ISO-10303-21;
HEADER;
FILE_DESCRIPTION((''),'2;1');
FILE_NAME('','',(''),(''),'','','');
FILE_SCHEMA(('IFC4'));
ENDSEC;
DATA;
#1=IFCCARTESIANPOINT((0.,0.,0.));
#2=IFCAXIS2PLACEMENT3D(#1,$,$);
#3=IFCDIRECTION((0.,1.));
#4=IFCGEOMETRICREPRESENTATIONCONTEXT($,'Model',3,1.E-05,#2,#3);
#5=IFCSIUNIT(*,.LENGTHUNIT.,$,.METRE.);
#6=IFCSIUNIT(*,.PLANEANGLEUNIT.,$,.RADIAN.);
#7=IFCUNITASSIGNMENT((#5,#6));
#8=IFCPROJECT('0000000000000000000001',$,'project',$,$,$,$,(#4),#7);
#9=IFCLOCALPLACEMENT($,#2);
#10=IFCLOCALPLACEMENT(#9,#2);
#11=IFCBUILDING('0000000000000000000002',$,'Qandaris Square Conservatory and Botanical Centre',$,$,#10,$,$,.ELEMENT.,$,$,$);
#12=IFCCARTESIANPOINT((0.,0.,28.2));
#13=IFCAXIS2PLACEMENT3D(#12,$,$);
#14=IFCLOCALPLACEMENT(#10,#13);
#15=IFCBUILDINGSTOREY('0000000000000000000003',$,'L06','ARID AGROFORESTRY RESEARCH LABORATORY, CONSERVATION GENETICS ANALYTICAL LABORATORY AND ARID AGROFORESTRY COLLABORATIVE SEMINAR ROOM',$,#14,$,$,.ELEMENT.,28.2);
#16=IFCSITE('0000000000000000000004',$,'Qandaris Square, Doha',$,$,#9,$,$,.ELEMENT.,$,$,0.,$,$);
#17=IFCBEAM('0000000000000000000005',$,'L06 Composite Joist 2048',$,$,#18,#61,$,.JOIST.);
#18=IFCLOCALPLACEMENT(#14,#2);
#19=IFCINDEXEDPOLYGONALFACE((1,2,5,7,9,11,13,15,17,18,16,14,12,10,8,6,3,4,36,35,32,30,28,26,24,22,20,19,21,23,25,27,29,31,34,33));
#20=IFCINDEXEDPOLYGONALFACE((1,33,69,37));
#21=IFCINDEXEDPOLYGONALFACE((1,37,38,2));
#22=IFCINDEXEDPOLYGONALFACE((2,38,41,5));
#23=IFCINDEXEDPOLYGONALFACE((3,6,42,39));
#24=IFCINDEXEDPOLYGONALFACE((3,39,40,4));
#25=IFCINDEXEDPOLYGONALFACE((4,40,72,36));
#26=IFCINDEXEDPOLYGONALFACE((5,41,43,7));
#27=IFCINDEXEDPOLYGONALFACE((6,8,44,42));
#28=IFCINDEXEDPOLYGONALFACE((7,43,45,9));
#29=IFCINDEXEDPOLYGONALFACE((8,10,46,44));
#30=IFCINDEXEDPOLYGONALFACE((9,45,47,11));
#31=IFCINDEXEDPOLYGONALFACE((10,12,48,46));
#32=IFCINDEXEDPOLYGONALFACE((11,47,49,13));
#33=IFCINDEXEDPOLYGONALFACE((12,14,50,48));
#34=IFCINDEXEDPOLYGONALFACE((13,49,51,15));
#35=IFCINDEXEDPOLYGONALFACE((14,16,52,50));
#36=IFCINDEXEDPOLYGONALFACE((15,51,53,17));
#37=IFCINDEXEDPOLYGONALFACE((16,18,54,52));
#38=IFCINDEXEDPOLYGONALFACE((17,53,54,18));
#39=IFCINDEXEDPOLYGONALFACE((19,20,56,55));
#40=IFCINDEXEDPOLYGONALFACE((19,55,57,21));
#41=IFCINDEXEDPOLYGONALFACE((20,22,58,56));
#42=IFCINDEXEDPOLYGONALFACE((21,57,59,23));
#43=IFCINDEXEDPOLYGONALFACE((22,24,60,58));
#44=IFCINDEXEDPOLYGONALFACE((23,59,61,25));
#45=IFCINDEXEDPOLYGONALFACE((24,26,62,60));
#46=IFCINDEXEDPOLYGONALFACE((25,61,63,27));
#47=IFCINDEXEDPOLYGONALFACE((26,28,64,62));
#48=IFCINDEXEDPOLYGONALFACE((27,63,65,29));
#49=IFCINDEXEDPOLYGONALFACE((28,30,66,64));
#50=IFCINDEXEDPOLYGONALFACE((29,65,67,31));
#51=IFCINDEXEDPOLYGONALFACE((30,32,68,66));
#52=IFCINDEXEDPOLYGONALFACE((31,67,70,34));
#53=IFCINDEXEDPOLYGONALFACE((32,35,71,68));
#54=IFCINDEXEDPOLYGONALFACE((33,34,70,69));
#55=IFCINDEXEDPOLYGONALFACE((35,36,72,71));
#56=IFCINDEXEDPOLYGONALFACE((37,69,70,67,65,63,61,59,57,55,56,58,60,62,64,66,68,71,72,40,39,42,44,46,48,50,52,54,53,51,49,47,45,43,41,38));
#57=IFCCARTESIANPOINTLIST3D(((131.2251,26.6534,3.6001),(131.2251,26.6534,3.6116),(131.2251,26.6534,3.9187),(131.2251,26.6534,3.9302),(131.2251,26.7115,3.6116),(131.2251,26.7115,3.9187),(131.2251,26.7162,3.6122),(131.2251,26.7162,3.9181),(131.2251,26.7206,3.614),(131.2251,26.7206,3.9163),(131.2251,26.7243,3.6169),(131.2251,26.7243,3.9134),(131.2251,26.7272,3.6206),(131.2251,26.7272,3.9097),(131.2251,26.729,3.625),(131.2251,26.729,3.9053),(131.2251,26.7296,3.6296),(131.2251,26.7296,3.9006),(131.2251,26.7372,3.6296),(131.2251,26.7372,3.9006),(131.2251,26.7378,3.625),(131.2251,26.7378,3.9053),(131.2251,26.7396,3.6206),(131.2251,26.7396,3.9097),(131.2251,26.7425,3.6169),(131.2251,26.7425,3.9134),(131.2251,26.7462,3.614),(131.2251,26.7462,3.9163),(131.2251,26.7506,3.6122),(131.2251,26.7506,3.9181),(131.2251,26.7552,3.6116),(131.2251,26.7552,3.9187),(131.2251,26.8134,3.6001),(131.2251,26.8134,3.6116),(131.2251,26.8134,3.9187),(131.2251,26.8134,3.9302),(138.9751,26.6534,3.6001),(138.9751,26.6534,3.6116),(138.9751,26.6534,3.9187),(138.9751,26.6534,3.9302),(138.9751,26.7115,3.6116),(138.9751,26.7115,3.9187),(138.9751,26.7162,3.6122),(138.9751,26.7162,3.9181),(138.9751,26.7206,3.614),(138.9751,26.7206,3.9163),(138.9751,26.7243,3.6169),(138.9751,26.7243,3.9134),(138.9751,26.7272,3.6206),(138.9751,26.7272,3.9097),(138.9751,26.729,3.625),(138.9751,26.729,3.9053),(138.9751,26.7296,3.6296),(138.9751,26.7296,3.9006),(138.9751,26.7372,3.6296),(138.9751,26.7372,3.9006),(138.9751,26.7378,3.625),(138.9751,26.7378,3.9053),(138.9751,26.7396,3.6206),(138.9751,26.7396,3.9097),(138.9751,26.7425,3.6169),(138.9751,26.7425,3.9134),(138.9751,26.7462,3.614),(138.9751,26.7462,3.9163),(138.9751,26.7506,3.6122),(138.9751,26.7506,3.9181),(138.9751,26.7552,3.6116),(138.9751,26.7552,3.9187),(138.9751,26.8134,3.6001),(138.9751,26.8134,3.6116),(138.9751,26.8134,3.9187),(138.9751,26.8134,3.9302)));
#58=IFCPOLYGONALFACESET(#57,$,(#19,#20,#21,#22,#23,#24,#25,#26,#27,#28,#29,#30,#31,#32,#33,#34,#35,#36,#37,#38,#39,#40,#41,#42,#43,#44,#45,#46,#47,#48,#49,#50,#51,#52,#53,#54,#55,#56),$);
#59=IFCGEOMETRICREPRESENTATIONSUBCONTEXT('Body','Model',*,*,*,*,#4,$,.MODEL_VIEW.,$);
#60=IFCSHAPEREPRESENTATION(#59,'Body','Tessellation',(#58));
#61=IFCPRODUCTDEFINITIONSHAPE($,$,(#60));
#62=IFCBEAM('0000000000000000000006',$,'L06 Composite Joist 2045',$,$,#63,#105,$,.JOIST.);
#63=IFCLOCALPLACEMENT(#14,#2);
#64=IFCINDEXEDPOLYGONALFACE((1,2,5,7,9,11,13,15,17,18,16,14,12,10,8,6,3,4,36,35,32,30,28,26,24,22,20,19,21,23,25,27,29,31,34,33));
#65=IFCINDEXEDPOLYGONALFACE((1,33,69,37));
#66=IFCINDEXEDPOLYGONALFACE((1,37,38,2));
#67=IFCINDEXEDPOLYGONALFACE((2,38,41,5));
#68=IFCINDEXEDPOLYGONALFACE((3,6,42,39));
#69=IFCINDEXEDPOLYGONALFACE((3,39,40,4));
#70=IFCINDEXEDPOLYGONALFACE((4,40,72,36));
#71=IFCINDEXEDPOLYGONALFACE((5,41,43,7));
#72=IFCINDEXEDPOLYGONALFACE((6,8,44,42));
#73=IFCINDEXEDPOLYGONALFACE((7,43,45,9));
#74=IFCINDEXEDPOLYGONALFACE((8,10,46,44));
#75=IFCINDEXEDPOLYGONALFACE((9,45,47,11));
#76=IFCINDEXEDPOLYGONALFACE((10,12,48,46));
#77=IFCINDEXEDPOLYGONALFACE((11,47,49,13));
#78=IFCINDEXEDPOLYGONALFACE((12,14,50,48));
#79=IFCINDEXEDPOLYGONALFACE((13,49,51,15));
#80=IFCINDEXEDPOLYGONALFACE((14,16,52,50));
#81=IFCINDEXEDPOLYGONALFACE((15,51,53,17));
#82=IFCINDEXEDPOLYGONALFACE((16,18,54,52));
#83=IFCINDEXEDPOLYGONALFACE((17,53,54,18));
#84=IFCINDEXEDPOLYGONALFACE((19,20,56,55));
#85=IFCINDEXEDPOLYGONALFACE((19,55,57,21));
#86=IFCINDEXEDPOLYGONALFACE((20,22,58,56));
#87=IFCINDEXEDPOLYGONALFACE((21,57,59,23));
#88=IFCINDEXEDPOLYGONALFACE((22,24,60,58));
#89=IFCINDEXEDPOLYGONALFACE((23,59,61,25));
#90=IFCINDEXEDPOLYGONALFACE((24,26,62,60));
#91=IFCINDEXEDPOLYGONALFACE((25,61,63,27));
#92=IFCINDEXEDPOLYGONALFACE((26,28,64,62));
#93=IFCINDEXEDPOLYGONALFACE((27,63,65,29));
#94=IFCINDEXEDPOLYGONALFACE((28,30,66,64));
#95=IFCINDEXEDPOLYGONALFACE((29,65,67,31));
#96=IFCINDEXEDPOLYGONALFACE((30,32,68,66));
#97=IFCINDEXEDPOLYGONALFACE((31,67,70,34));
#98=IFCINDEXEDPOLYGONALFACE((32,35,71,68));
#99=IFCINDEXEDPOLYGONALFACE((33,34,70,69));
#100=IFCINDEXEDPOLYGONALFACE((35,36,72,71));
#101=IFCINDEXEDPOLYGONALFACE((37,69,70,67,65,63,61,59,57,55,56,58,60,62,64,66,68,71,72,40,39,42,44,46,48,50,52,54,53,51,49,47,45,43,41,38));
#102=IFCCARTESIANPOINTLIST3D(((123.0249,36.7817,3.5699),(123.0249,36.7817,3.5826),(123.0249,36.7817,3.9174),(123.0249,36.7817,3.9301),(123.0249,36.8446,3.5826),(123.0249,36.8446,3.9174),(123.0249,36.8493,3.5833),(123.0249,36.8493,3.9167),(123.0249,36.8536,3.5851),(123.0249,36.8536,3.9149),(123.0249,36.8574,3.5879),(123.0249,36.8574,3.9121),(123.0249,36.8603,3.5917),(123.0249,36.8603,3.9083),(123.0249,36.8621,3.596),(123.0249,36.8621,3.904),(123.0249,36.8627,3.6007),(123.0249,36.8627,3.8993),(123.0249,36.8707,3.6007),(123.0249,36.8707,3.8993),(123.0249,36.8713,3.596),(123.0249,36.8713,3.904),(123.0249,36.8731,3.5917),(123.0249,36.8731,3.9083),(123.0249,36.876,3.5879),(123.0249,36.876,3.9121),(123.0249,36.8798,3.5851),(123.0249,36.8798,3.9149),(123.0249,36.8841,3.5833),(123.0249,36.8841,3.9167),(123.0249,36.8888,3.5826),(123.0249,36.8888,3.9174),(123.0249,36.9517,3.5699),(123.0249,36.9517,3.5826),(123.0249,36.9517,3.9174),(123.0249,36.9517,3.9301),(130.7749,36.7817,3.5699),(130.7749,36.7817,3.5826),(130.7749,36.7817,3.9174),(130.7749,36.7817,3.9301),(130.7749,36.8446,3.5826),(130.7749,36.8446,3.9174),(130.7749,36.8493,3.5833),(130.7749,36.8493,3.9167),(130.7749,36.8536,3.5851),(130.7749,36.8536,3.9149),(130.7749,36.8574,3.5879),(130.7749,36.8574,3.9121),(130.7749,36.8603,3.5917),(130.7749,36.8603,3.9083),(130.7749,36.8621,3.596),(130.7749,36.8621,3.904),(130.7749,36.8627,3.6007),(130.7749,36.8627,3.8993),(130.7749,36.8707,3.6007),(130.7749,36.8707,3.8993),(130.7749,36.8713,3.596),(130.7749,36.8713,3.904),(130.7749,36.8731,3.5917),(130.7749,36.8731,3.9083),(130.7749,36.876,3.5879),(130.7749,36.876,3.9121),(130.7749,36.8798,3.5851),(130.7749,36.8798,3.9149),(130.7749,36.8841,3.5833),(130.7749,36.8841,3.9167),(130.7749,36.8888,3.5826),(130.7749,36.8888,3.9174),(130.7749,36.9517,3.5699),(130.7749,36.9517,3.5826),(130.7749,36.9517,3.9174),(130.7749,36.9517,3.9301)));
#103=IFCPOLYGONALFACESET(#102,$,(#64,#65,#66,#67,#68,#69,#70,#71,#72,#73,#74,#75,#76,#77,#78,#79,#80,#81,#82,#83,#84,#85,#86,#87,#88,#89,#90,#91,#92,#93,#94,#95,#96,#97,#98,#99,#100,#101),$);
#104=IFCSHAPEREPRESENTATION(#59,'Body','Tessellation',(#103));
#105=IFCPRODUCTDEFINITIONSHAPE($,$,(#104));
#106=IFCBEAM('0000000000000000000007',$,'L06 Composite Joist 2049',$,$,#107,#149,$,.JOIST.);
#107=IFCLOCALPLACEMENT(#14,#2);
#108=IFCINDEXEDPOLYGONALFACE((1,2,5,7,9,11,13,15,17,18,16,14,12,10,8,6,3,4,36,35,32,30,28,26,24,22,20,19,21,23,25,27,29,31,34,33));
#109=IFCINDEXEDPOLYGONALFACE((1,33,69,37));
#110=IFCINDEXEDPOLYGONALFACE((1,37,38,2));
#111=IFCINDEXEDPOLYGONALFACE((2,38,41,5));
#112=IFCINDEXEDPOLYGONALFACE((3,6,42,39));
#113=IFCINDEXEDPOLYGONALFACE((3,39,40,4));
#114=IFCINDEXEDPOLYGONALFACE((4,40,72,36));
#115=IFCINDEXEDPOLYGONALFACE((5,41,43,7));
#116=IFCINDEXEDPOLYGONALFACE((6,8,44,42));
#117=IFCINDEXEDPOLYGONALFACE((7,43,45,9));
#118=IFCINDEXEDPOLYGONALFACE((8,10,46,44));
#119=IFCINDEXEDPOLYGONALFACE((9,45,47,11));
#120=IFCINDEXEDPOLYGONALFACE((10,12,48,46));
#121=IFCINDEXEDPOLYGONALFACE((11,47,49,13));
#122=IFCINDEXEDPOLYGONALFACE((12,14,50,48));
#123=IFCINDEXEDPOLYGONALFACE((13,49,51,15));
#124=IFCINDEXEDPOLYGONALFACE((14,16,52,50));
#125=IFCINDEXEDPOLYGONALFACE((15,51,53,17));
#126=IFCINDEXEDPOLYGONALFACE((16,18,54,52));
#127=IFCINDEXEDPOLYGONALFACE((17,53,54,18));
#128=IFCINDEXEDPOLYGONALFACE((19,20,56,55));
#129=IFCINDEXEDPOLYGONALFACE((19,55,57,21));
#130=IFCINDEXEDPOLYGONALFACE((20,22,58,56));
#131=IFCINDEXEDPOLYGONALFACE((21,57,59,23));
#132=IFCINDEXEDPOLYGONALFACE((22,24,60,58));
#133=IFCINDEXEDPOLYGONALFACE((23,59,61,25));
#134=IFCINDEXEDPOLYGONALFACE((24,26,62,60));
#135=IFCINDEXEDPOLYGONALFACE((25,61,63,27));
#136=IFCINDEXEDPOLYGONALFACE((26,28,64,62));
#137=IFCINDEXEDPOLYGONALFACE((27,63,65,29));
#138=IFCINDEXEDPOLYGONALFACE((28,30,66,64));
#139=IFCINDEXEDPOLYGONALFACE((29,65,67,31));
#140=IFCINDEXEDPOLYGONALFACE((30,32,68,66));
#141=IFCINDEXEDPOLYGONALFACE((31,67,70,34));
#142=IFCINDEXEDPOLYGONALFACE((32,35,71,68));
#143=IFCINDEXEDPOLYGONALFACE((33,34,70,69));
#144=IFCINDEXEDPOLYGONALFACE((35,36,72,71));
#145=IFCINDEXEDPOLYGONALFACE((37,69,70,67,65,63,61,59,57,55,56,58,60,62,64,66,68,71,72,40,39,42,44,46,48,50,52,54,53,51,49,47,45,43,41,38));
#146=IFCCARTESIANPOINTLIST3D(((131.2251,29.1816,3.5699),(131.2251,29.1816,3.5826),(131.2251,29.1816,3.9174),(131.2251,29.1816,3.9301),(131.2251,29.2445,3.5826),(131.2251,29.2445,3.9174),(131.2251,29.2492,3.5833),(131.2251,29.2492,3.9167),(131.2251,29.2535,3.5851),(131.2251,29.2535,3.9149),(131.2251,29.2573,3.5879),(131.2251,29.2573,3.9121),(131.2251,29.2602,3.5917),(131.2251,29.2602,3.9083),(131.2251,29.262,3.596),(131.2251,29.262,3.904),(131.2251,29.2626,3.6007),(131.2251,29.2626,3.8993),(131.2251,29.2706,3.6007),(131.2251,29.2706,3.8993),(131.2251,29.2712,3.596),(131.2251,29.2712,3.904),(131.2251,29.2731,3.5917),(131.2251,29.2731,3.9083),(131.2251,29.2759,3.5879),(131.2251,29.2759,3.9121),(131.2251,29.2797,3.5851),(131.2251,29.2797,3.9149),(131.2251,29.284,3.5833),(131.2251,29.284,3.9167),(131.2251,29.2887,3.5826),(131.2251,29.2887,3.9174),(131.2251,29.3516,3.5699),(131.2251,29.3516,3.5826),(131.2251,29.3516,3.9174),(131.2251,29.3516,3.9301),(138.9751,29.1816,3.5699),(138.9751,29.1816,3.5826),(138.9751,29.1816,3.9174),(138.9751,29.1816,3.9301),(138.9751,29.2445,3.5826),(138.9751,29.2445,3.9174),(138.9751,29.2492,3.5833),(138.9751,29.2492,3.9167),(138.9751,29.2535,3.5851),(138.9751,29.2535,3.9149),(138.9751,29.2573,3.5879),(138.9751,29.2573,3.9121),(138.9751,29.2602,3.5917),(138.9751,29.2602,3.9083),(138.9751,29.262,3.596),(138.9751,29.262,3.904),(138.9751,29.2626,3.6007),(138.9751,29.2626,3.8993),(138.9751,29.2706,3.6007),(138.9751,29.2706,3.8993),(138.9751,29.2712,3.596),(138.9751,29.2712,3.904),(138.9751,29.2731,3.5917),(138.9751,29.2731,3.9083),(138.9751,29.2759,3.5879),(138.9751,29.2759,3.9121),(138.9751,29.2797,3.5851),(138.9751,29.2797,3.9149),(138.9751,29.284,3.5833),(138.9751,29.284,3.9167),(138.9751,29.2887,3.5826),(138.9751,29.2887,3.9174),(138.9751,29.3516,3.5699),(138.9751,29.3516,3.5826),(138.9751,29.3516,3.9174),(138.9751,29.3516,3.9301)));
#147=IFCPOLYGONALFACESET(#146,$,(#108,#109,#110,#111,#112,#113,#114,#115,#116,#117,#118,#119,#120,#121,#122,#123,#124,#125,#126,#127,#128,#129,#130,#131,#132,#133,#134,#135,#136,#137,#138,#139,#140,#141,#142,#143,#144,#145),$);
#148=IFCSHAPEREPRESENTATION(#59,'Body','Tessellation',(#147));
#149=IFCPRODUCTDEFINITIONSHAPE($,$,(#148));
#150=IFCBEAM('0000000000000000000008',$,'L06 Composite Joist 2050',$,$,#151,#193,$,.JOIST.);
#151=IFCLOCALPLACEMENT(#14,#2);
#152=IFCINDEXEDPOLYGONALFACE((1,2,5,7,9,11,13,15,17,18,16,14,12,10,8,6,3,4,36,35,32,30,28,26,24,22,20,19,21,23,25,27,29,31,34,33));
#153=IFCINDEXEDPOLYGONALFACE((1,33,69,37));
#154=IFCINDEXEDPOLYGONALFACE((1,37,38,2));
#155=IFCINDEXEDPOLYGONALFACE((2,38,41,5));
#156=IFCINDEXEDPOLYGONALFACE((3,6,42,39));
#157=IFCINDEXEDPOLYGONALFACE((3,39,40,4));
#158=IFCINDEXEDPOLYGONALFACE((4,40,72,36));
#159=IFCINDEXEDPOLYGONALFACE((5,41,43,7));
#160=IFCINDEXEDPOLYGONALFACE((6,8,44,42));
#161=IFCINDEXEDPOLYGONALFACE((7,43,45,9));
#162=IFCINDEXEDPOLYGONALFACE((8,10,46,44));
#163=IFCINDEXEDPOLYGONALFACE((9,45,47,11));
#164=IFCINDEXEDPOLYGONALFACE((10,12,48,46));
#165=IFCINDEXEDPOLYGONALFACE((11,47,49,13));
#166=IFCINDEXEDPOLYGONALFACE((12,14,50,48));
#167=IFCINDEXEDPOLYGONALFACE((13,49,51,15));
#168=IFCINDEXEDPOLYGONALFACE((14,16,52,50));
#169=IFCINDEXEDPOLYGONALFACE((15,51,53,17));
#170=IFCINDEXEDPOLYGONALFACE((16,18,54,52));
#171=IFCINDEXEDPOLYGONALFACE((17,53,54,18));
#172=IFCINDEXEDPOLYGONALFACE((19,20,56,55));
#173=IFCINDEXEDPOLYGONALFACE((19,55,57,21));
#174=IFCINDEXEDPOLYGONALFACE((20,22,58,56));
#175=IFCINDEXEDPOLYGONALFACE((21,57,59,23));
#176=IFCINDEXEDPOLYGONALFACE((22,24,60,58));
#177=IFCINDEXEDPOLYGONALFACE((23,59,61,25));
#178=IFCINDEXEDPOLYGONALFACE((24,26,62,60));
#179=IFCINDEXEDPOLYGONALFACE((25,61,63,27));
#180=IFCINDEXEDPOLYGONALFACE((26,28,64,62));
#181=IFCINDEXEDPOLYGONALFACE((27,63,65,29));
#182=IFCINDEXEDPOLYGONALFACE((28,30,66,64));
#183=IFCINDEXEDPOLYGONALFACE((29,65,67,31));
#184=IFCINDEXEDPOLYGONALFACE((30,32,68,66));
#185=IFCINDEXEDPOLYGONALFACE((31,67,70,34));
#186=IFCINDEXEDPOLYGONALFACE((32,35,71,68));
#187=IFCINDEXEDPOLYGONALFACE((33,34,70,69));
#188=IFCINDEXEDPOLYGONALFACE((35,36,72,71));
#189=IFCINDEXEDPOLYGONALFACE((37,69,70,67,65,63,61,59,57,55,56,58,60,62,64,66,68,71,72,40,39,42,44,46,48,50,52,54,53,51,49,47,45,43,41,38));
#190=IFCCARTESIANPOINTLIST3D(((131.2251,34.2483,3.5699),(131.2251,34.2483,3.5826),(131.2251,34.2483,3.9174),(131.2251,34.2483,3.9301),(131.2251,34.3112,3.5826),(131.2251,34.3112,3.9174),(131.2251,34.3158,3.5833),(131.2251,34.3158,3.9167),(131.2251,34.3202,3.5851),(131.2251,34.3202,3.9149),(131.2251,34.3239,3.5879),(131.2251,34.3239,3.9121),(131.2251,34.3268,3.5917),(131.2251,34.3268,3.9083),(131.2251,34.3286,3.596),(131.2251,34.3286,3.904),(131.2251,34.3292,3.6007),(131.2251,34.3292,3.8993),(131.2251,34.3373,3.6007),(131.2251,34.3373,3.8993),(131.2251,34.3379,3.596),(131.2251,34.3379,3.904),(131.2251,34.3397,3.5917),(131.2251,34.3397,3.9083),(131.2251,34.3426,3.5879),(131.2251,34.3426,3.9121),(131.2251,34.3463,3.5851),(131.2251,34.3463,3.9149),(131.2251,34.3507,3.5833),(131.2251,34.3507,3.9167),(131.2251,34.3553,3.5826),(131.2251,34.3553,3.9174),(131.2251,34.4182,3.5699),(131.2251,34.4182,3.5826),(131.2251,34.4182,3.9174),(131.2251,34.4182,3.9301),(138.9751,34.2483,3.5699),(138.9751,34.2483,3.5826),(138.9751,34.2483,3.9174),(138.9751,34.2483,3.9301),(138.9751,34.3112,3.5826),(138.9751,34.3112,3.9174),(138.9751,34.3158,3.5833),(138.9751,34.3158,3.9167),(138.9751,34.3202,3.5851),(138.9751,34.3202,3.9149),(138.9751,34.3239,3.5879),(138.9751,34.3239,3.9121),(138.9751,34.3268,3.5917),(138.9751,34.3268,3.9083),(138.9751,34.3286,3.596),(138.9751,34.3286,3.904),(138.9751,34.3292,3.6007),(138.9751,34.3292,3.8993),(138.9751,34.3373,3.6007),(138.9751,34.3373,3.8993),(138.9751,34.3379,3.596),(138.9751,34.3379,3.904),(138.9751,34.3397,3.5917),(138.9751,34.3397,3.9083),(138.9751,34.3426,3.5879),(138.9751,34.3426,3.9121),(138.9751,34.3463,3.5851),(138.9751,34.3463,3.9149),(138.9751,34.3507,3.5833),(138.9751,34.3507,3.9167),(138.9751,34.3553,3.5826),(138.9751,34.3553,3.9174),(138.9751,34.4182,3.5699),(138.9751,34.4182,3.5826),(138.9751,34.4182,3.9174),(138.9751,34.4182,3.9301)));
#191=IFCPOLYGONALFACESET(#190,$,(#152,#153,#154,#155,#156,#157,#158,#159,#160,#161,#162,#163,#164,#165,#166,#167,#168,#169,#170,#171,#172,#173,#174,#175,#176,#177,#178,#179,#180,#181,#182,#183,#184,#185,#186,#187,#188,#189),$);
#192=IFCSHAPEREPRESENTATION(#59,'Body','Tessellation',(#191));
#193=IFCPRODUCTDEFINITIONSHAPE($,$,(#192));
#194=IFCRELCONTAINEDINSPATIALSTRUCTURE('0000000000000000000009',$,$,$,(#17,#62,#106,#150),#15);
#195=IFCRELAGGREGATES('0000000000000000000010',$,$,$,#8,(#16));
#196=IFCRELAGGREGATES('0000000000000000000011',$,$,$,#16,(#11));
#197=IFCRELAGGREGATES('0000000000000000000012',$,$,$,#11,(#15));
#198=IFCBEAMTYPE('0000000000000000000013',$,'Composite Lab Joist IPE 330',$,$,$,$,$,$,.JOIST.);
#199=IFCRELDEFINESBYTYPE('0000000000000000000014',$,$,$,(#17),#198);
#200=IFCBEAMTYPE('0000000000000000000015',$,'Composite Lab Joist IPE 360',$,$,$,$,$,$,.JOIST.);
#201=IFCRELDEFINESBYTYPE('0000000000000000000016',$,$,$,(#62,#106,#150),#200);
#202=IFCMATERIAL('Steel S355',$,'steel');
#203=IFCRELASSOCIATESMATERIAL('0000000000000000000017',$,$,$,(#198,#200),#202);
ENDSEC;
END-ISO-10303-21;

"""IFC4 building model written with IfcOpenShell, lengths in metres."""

from ifc_helpers import new_model, si_unit, direction, frame, origin, origin_2d, place, context, subcontext, project, spatial, i_section, extrude, material, material_profile, profile_set, type_object, element, save


model = new_model("IFC4")

# Units and contexts
model_context = context("Model", 3, precision=1e-05, world=origin(), true_north=direction((0.0, 1.0)))
body_context = subcontext(model_context, "Body", "Model", "MODEL_VIEW")
ifc_project = project(units=[si_unit("LENGTHUNIT", "METRE"), si_unit("PLANEANGLEUNIT", "RADIAN")], contexts=[model_context])

# Site, building, storey
site_placement = place(None, origin())
site = spatial("IfcSite", under=ifc_project, at=site_placement, Name="Qandaris Square, Doha", CompositionType="ELEMENT", RefElevation=0.0)
building_placement = place(site_placement, origin())
building = spatial("IfcBuilding", under=site, at=building_placement, Name="Qandaris Square Conservatory and Botanical Centre", CompositionType="ELEMENT")
storey_placement = place(building_placement, frame((0.0, 0.0, 28.2)))
storey = spatial("IfcBuildingStorey", under=building, at=storey_placement, Name="L06", Description="ARID AGROFORESTRY RESEARCH LABORATORY, CONSERVATION GENETICS ANALYTICAL LABORATORY AND ARID AGROFORESTRY COLLABORATIVE SEMINAR ROOM", CompositionType="ELEMENT", Elevation=28.2)

# Beams
ifc_material_1 = material(Name="Steel S355", Category="steel")
ifc_material_profile_1 = material_profile(ifc_material_1, i_section(OverallWidth=0.1599, OverallDepth=0.3301, WebThickness=0.0076, FlangeThickness=0.0115, FilletRadius=0.0181, at=origin_2d()), Name="IPE 330")
ifc_profile_set_1 = profile_set([ifc_material_profile_1], Name="Steel S355")
beam_type_1 = type_object("IfcBeamType", Name="Composite Lab Joist IPE 330", PredefinedType="JOIST", material=ifc_profile_set_1)
for number, where, z_axis, x_axis, name in (
    (1, (131.2251, 26.7334, 3.7651), (1.0, 0.0, 0.0), (0.0, 1.0, 0.0), "L06 Composite Joist 2048"),
):
    element("IfcBeam", number, at=place(storey_placement, frame(where, z_axis=z_axis, x_axis=x_axis)), inside=storey, type_object=beam_type_1, Name=name, PredefinedType="JOIST", context=body_context, shape_type="SweptSolid", body=[
        extrude(i_section(OverallWidth=0.1599, OverallDepth=0.3301, WebThickness=0.0076, FlangeThickness=0.0115, FilletRadius=0.0181, at=origin_2d()), origin(), (0.0, 0.0, 1.0), 7.75),
    ])
ifc_material_profile_2 = material_profile(ifc_material_1, i_section(OverallWidth=0.1699, OverallDepth=0.3601, WebThickness=0.0081, FlangeThickness=0.0127, FilletRadius=0.0181, at=origin_2d()), Name="IPE 360")
ifc_profile_set_2 = profile_set([ifc_material_profile_2], Name="Steel S355")
beam_type_2 = type_object("IfcBeamType", Name="Composite Lab Joist IPE 360", PredefinedType="JOIST", material=ifc_profile_set_2)
for number, where, z_axis, x_axis, name in (
    (2, (123.0249, 36.8667, 3.75), (1.0, 0.0, 0.0), (0.0, 1.0, 0.0), "L06 Composite Joist 2045"),
    (3, (131.2251, 29.2666, 3.75), (1.0, 0.0, 0.0), (0.0, 1.0, 0.0), "L06 Composite Joist 2049"),
    (4, (131.2251, 34.3333, 3.75), (1.0, 0.0, 0.0), (0.0, 1.0, 0.0), "L06 Composite Joist 2050"),
):
    element("IfcBeam", number, at=place(storey_placement, frame(where, z_axis=z_axis, x_axis=x_axis)), inside=storey, type_object=beam_type_2, Name=name, PredefinedType="JOIST", context=body_context, shape_type="SweptSolid", body=[
        extrude(i_section(OverallWidth=0.1699, OverallDepth=0.3601, WebThickness=0.0081, FlangeThickness=0.0127, FilletRadius=0.0181, at=origin_2d()), origin(), (0.0, 0.0, 1.0), 7.75),
    ])

save(model, "model.ifc")
